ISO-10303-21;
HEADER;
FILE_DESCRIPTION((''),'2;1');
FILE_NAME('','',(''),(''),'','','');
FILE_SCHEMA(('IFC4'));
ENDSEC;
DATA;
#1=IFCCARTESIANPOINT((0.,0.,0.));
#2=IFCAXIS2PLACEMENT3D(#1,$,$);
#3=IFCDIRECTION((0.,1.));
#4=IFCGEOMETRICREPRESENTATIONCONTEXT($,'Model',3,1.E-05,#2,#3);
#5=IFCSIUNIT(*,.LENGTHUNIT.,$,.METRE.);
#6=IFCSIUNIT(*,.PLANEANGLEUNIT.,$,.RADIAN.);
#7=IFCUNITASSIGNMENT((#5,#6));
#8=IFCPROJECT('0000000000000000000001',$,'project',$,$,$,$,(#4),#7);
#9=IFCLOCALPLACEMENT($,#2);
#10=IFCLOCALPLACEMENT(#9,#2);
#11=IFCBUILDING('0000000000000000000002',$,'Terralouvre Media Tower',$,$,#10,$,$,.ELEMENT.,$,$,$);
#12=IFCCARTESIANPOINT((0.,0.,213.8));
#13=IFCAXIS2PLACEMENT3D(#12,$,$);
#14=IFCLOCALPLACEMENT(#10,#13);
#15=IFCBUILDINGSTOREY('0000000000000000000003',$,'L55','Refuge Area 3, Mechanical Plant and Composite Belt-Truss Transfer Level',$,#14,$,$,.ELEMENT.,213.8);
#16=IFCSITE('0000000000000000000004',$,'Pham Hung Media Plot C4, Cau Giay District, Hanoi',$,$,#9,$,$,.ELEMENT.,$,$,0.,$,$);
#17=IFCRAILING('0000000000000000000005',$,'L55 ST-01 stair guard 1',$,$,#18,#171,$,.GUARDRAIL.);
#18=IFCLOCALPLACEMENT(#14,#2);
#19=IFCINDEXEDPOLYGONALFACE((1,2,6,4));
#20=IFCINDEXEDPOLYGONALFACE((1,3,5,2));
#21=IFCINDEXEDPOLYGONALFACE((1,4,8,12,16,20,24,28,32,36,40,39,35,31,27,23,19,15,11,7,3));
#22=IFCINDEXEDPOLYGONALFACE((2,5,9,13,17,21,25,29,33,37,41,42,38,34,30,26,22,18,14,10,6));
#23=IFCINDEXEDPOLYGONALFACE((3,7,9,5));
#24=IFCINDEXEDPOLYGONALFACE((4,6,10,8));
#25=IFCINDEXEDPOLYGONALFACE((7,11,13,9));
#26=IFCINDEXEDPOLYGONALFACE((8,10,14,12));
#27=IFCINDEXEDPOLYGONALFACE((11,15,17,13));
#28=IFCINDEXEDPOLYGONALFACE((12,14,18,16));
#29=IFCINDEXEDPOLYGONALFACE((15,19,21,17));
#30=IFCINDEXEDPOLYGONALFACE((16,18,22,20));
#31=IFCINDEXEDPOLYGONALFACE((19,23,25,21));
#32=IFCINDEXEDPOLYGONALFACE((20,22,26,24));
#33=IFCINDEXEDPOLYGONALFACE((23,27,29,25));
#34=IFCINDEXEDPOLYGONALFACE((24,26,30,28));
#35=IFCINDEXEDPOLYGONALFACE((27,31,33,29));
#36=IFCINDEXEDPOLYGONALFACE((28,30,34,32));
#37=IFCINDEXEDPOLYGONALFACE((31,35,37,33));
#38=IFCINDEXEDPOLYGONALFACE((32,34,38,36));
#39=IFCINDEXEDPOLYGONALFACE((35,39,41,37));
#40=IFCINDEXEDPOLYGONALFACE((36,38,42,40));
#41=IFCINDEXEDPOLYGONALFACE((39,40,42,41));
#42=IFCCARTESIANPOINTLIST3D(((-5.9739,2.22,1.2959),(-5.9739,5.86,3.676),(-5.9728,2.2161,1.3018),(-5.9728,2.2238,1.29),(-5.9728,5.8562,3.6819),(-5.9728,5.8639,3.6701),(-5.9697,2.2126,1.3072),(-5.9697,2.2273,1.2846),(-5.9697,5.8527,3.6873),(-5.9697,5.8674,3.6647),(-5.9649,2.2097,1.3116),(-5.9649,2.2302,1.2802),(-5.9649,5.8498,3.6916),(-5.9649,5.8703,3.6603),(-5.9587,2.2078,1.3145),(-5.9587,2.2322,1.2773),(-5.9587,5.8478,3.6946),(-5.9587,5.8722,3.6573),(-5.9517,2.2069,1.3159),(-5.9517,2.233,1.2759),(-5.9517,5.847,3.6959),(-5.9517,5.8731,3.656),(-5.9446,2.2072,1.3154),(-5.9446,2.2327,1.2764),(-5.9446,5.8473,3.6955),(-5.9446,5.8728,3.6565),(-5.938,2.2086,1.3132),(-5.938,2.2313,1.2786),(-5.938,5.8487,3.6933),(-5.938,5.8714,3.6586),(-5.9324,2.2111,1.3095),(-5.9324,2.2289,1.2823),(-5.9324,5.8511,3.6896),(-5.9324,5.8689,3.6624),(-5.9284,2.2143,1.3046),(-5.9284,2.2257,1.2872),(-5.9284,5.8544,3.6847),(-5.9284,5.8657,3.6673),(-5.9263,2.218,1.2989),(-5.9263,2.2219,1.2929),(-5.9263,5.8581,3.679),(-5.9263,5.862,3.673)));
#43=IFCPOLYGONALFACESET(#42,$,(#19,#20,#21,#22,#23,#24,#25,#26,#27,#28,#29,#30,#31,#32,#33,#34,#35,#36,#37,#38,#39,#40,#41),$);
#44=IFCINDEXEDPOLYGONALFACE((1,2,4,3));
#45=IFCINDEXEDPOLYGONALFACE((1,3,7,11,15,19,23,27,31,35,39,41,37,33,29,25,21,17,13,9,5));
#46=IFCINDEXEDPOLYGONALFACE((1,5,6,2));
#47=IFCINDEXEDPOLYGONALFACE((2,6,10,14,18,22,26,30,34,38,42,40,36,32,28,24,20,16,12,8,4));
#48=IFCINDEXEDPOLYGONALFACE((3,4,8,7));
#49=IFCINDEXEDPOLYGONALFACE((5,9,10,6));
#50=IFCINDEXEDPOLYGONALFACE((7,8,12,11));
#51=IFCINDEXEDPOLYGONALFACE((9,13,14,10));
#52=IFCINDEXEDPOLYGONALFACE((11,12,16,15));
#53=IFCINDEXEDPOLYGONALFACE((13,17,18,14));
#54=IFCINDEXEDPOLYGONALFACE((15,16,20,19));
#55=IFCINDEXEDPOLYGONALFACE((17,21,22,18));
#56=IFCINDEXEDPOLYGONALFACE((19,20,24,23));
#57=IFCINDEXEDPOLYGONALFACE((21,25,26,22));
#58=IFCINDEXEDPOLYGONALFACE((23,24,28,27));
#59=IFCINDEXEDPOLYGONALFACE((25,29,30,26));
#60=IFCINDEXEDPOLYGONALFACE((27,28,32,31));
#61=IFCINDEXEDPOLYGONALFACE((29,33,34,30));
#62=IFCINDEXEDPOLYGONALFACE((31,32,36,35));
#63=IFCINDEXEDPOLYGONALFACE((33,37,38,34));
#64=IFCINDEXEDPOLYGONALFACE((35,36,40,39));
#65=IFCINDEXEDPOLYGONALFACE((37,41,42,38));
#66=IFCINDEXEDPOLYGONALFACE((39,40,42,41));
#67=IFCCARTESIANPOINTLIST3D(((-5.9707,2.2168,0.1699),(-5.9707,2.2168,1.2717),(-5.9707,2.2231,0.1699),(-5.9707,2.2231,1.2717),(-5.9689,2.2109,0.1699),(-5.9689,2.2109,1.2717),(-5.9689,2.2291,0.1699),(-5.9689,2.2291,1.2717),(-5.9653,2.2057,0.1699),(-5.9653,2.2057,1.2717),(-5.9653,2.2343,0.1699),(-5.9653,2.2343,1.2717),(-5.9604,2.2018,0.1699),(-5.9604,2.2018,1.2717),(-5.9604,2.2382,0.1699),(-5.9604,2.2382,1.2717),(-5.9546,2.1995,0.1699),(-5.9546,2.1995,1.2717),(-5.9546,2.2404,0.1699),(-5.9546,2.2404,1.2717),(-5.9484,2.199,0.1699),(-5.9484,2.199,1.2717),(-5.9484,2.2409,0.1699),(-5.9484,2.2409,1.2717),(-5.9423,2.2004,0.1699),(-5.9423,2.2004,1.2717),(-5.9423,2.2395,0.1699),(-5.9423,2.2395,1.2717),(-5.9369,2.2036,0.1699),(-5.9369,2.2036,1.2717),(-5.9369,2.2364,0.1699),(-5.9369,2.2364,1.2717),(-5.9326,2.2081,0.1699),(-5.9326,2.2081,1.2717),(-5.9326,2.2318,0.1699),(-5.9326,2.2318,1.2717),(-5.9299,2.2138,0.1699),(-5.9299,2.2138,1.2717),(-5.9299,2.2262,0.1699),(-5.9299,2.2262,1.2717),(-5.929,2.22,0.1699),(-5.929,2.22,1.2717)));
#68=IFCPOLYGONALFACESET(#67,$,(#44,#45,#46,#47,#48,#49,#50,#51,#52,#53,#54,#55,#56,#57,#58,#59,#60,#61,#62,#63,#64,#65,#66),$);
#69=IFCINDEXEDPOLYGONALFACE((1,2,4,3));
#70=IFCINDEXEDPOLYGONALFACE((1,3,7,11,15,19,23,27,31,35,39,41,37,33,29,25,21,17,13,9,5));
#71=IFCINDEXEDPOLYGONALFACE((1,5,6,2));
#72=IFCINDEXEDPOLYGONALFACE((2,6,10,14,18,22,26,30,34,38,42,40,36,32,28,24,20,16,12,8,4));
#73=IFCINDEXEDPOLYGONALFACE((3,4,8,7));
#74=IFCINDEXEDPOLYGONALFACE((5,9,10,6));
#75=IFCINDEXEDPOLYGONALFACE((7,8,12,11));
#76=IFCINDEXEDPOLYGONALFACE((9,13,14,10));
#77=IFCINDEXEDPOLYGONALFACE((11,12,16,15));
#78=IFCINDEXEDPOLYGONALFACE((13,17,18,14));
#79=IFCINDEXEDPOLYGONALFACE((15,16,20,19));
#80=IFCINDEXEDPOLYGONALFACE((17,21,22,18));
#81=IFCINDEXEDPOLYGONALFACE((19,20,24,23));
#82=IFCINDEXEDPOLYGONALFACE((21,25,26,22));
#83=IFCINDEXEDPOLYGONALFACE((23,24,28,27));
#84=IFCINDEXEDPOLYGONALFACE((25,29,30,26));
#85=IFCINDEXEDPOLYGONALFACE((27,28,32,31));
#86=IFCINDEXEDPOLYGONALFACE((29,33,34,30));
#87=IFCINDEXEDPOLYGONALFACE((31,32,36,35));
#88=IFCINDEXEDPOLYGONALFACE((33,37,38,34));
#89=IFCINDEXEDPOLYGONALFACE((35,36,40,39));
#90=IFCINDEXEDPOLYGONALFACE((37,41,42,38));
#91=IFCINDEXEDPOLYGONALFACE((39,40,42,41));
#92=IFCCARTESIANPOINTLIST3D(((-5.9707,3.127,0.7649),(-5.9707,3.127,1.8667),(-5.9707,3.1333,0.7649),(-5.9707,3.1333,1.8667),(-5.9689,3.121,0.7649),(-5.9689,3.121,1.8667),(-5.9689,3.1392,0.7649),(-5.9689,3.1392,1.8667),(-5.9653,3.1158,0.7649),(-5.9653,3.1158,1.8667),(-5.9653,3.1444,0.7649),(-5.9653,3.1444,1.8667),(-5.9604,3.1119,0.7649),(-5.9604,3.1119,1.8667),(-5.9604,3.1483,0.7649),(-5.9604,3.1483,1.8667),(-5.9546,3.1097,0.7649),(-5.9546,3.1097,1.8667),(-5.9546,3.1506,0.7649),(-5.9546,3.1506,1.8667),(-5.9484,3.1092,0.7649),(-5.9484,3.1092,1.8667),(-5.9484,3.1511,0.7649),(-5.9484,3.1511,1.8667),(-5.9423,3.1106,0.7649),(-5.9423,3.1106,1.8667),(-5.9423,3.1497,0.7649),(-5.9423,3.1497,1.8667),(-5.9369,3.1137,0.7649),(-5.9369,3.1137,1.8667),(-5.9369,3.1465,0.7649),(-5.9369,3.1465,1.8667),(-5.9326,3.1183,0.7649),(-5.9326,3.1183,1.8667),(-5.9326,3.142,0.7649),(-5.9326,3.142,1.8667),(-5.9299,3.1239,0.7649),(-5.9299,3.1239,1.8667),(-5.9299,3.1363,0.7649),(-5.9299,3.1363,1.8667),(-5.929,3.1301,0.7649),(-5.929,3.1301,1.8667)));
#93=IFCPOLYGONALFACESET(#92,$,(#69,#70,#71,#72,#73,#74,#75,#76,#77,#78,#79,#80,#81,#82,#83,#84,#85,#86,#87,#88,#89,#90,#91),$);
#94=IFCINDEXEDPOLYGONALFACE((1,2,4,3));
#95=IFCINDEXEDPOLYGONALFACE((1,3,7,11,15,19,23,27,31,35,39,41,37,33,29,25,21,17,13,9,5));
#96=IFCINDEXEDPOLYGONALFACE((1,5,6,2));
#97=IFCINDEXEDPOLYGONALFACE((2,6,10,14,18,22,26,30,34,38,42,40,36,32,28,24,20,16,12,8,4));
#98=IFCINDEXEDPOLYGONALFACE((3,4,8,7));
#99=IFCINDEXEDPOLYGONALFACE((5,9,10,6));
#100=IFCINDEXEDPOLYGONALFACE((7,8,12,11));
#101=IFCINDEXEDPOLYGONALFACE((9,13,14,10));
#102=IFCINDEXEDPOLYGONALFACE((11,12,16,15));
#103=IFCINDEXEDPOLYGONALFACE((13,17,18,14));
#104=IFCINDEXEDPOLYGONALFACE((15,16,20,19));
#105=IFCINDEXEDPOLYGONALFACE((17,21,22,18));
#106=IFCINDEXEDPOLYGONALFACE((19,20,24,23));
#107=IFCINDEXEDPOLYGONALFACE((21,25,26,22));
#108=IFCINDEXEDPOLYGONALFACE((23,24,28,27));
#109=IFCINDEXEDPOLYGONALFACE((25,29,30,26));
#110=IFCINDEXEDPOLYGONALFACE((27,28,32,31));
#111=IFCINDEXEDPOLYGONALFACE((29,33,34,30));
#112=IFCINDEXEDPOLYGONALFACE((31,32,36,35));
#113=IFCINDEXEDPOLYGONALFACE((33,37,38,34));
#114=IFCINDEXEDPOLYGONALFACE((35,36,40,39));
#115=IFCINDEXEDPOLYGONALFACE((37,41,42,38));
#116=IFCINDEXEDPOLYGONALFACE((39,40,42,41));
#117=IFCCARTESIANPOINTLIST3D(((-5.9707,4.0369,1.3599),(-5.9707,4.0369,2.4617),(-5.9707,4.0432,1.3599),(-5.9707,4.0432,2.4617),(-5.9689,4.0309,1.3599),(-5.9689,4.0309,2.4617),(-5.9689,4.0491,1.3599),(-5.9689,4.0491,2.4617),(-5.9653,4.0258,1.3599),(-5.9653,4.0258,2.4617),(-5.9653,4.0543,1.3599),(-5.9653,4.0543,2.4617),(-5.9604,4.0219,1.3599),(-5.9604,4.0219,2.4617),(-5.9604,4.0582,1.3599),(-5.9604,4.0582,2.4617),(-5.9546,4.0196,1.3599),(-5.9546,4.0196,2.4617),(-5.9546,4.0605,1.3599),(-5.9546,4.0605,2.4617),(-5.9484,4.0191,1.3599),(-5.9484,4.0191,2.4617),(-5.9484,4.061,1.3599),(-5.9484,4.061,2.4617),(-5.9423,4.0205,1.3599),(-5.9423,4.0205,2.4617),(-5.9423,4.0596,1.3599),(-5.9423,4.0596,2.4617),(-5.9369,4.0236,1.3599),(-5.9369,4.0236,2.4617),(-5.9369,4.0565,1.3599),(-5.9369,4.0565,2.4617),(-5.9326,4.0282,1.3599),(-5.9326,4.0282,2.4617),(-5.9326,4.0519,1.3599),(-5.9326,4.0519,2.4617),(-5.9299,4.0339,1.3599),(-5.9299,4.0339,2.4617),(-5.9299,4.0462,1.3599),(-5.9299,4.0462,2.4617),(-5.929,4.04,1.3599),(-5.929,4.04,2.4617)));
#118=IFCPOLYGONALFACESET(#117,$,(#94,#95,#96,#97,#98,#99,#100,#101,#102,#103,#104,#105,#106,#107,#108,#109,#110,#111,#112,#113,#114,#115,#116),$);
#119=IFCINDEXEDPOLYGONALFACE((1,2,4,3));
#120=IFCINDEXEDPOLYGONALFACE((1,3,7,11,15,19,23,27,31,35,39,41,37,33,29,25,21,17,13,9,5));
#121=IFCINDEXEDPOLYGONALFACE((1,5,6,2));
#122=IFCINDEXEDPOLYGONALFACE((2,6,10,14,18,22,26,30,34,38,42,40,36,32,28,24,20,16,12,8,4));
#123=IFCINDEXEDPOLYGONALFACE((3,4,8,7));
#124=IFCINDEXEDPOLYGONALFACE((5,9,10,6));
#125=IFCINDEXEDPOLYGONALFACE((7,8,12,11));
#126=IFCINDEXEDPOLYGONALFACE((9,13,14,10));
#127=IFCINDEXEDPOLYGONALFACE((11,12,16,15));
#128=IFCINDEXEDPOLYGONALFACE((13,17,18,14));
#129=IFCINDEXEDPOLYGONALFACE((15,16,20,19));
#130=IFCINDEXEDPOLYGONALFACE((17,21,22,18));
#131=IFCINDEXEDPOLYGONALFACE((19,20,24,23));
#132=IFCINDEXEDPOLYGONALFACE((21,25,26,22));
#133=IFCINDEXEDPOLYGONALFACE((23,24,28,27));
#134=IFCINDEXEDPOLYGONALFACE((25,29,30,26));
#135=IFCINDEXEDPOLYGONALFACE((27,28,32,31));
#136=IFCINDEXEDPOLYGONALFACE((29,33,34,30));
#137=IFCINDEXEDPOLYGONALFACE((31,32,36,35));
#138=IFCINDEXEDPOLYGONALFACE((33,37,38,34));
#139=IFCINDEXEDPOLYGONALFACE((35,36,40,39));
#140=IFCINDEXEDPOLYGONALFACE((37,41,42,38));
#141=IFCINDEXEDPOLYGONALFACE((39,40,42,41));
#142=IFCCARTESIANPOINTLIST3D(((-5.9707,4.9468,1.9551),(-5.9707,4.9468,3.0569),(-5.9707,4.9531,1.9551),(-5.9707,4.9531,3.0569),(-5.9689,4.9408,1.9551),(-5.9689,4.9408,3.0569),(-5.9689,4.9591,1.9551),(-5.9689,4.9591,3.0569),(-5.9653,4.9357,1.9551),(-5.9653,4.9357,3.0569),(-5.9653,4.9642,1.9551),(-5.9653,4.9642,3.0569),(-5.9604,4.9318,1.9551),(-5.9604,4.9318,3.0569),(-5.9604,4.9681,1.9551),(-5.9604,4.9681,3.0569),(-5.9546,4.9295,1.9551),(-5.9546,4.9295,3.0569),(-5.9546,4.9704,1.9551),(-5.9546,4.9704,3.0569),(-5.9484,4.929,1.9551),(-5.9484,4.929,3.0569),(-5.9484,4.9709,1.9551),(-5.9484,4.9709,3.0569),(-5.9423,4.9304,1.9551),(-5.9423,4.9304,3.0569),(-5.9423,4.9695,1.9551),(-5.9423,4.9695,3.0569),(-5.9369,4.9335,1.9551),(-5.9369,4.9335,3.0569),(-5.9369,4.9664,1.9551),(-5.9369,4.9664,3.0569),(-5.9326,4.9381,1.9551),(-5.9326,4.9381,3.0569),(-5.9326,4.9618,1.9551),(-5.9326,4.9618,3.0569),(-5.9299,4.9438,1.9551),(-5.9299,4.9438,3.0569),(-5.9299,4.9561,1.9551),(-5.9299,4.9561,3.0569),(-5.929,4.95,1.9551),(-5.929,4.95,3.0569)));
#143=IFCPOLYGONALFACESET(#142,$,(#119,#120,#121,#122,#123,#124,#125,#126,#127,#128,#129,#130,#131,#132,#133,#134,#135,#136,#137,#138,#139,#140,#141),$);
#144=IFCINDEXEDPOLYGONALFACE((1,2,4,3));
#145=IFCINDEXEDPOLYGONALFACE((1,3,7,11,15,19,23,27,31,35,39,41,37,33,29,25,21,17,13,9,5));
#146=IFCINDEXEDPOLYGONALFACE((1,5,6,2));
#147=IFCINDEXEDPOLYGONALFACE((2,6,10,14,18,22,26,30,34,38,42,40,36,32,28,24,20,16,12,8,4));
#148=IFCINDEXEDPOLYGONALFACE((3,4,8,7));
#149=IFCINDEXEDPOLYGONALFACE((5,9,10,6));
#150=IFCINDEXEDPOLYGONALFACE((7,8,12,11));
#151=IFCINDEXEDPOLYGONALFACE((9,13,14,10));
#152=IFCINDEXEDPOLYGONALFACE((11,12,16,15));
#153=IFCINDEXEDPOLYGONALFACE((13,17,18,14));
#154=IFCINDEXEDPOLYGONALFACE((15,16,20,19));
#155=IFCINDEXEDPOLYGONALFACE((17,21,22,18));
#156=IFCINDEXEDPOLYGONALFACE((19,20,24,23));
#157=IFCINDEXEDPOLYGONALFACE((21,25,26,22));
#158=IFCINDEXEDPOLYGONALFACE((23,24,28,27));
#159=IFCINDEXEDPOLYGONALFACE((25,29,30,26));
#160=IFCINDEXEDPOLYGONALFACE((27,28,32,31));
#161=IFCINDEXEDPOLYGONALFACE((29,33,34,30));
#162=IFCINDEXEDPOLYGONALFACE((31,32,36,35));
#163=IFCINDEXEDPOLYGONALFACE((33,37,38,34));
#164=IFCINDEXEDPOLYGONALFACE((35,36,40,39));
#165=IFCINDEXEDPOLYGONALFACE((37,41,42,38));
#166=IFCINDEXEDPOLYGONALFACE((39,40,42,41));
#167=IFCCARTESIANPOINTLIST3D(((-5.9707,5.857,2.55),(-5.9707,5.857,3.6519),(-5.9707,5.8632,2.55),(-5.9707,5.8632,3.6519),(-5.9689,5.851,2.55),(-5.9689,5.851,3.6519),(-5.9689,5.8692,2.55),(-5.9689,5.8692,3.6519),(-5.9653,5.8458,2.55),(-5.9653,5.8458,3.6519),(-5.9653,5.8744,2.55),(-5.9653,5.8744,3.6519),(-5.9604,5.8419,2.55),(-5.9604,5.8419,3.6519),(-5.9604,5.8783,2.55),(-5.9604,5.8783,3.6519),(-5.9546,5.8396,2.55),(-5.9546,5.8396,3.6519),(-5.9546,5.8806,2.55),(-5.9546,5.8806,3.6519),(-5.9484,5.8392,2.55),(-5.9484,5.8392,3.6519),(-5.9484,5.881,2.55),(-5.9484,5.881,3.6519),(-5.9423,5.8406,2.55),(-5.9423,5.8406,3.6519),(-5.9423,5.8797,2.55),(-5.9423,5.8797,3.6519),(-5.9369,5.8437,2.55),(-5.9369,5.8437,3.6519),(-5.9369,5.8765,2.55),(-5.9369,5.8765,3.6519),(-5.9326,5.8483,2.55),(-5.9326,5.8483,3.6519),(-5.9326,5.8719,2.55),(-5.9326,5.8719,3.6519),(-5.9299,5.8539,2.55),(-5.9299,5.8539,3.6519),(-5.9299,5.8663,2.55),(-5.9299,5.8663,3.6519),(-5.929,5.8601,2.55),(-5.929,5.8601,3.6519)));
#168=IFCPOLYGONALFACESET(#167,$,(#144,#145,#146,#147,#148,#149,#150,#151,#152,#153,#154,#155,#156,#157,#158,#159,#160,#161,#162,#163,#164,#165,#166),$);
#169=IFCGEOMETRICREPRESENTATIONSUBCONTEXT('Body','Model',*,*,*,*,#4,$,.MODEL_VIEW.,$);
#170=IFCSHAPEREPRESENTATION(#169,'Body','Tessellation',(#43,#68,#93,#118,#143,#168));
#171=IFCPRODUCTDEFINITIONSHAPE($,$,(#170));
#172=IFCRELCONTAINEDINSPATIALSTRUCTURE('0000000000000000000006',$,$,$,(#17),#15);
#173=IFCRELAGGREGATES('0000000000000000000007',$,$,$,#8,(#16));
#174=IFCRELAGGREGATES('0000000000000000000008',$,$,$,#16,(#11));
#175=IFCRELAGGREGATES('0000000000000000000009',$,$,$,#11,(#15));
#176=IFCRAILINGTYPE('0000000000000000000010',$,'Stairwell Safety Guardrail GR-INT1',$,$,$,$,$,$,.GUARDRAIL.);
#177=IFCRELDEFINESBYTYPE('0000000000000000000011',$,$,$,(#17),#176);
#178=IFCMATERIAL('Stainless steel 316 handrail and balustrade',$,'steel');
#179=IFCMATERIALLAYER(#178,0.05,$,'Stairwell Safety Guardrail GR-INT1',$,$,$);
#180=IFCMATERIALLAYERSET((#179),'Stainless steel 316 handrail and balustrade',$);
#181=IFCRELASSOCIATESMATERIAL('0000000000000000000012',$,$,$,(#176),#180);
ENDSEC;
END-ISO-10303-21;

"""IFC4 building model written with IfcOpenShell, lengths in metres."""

from ifc_helpers import new_model, si_unit, direction, frame, origin, origin_2d, place, context, subcontext, project, spatial, circle, extrude, material, layer, layer_set, type_object, element, save


model = new_model("IFC4")

# Units and contexts
model_context = context("Model", 3, precision=1e-05, world=origin(), true_north=direction((0.0, 1.0)))
body_context = subcontext(model_context, "Body", "Model", "MODEL_VIEW")
ifc_project = project(units=[si_unit("LENGTHUNIT", "METRE"), si_unit("PLANEANGLEUNIT", "RADIAN")], contexts=[model_context])

# Site, building, storey
site_placement = place(None, origin())
site = spatial("IfcSite", under=ifc_project, at=site_placement, Name="Pham Hung Media Plot C4, Cau Giay District, Hanoi", CompositionType="ELEMENT", RefElevation=0.0)
building_placement = place(site_placement, origin())
building = spatial("IfcBuilding", under=site, at=building_placement, Name="Terralouvre Media Tower", CompositionType="ELEMENT")
storey_placement = place(building_placement, frame((0.0, 0.0, 213.8)))
storey = spatial("IfcBuildingStorey", under=building, at=storey_placement, Name="L55", Description="Refuge Area 3, Mechanical Plant and Composite Belt-Truss Transfer Level", CompositionType="ELEMENT", Elevation=213.8)

# Railing
ifc_material_1 = material(Name="Stainless steel 316 handrail and balustrade", Category="steel")
ifc_layer_1 = layer(ifc_material_1, 0.05, Name="Stairwell Safety Guardrail GR-INT1")
ifc_layer_set_1 = layer_set([ifc_layer_1], Name="Stainless steel 316 handrail and balustrade")
railing_type_1 = type_object("IfcRailingType", Name="Stairwell Safety Guardrail GR-INT1", PredefinedType="GUARDRAIL", material=ifc_layer_set_1)
railing_1_placement = place(storey_placement, frame((-5.95, 2.22, 0.1699)))
element("IfcRailing", 1, at=railing_1_placement, inside=storey, type_object=railing_type_1, Name="L55 ST-01 stair guard 1", PredefinedType="GUARDRAIL", context=body_context, shape_type="SweptSolid", body=[
    extrude(circle(Radius=0.0239, at=origin_2d()), frame((0.0, 0.0, 1.126), z_axis=(0.0, 0.836966, 0.547255), x_axis=(-1.0, 0.0, 0.0)), (0.0, 0.0, 1.0), 4.3491),
    extrude(circle(Radius=0.021, at=origin_2d()), origin(), (0.0, 0.0, 1.0), 1.1018),
    extrude(circle(Radius=0.021, at=origin_2d()), frame((0.0, 0.9102, 0.595)), (0.0, 0.0, 1.0), 1.1018),
    extrude(circle(Radius=0.021, at=origin_2d()), frame((0.0, 1.8201, 1.1899)), (0.0, 0.0, 1.0), 1.1018),
    extrude(circle(Radius=0.021, at=origin_2d()), frame((0.0, 2.73, 1.7852)), (0.0, 0.0, 1.0), 1.1018),
    extrude(circle(Radius=0.021, at=origin_2d()), frame((0.0, 3.6401, 2.3801)), (0.0, 0.0, 1.0), 1.1018),
])

save(model, "model.ifc")
